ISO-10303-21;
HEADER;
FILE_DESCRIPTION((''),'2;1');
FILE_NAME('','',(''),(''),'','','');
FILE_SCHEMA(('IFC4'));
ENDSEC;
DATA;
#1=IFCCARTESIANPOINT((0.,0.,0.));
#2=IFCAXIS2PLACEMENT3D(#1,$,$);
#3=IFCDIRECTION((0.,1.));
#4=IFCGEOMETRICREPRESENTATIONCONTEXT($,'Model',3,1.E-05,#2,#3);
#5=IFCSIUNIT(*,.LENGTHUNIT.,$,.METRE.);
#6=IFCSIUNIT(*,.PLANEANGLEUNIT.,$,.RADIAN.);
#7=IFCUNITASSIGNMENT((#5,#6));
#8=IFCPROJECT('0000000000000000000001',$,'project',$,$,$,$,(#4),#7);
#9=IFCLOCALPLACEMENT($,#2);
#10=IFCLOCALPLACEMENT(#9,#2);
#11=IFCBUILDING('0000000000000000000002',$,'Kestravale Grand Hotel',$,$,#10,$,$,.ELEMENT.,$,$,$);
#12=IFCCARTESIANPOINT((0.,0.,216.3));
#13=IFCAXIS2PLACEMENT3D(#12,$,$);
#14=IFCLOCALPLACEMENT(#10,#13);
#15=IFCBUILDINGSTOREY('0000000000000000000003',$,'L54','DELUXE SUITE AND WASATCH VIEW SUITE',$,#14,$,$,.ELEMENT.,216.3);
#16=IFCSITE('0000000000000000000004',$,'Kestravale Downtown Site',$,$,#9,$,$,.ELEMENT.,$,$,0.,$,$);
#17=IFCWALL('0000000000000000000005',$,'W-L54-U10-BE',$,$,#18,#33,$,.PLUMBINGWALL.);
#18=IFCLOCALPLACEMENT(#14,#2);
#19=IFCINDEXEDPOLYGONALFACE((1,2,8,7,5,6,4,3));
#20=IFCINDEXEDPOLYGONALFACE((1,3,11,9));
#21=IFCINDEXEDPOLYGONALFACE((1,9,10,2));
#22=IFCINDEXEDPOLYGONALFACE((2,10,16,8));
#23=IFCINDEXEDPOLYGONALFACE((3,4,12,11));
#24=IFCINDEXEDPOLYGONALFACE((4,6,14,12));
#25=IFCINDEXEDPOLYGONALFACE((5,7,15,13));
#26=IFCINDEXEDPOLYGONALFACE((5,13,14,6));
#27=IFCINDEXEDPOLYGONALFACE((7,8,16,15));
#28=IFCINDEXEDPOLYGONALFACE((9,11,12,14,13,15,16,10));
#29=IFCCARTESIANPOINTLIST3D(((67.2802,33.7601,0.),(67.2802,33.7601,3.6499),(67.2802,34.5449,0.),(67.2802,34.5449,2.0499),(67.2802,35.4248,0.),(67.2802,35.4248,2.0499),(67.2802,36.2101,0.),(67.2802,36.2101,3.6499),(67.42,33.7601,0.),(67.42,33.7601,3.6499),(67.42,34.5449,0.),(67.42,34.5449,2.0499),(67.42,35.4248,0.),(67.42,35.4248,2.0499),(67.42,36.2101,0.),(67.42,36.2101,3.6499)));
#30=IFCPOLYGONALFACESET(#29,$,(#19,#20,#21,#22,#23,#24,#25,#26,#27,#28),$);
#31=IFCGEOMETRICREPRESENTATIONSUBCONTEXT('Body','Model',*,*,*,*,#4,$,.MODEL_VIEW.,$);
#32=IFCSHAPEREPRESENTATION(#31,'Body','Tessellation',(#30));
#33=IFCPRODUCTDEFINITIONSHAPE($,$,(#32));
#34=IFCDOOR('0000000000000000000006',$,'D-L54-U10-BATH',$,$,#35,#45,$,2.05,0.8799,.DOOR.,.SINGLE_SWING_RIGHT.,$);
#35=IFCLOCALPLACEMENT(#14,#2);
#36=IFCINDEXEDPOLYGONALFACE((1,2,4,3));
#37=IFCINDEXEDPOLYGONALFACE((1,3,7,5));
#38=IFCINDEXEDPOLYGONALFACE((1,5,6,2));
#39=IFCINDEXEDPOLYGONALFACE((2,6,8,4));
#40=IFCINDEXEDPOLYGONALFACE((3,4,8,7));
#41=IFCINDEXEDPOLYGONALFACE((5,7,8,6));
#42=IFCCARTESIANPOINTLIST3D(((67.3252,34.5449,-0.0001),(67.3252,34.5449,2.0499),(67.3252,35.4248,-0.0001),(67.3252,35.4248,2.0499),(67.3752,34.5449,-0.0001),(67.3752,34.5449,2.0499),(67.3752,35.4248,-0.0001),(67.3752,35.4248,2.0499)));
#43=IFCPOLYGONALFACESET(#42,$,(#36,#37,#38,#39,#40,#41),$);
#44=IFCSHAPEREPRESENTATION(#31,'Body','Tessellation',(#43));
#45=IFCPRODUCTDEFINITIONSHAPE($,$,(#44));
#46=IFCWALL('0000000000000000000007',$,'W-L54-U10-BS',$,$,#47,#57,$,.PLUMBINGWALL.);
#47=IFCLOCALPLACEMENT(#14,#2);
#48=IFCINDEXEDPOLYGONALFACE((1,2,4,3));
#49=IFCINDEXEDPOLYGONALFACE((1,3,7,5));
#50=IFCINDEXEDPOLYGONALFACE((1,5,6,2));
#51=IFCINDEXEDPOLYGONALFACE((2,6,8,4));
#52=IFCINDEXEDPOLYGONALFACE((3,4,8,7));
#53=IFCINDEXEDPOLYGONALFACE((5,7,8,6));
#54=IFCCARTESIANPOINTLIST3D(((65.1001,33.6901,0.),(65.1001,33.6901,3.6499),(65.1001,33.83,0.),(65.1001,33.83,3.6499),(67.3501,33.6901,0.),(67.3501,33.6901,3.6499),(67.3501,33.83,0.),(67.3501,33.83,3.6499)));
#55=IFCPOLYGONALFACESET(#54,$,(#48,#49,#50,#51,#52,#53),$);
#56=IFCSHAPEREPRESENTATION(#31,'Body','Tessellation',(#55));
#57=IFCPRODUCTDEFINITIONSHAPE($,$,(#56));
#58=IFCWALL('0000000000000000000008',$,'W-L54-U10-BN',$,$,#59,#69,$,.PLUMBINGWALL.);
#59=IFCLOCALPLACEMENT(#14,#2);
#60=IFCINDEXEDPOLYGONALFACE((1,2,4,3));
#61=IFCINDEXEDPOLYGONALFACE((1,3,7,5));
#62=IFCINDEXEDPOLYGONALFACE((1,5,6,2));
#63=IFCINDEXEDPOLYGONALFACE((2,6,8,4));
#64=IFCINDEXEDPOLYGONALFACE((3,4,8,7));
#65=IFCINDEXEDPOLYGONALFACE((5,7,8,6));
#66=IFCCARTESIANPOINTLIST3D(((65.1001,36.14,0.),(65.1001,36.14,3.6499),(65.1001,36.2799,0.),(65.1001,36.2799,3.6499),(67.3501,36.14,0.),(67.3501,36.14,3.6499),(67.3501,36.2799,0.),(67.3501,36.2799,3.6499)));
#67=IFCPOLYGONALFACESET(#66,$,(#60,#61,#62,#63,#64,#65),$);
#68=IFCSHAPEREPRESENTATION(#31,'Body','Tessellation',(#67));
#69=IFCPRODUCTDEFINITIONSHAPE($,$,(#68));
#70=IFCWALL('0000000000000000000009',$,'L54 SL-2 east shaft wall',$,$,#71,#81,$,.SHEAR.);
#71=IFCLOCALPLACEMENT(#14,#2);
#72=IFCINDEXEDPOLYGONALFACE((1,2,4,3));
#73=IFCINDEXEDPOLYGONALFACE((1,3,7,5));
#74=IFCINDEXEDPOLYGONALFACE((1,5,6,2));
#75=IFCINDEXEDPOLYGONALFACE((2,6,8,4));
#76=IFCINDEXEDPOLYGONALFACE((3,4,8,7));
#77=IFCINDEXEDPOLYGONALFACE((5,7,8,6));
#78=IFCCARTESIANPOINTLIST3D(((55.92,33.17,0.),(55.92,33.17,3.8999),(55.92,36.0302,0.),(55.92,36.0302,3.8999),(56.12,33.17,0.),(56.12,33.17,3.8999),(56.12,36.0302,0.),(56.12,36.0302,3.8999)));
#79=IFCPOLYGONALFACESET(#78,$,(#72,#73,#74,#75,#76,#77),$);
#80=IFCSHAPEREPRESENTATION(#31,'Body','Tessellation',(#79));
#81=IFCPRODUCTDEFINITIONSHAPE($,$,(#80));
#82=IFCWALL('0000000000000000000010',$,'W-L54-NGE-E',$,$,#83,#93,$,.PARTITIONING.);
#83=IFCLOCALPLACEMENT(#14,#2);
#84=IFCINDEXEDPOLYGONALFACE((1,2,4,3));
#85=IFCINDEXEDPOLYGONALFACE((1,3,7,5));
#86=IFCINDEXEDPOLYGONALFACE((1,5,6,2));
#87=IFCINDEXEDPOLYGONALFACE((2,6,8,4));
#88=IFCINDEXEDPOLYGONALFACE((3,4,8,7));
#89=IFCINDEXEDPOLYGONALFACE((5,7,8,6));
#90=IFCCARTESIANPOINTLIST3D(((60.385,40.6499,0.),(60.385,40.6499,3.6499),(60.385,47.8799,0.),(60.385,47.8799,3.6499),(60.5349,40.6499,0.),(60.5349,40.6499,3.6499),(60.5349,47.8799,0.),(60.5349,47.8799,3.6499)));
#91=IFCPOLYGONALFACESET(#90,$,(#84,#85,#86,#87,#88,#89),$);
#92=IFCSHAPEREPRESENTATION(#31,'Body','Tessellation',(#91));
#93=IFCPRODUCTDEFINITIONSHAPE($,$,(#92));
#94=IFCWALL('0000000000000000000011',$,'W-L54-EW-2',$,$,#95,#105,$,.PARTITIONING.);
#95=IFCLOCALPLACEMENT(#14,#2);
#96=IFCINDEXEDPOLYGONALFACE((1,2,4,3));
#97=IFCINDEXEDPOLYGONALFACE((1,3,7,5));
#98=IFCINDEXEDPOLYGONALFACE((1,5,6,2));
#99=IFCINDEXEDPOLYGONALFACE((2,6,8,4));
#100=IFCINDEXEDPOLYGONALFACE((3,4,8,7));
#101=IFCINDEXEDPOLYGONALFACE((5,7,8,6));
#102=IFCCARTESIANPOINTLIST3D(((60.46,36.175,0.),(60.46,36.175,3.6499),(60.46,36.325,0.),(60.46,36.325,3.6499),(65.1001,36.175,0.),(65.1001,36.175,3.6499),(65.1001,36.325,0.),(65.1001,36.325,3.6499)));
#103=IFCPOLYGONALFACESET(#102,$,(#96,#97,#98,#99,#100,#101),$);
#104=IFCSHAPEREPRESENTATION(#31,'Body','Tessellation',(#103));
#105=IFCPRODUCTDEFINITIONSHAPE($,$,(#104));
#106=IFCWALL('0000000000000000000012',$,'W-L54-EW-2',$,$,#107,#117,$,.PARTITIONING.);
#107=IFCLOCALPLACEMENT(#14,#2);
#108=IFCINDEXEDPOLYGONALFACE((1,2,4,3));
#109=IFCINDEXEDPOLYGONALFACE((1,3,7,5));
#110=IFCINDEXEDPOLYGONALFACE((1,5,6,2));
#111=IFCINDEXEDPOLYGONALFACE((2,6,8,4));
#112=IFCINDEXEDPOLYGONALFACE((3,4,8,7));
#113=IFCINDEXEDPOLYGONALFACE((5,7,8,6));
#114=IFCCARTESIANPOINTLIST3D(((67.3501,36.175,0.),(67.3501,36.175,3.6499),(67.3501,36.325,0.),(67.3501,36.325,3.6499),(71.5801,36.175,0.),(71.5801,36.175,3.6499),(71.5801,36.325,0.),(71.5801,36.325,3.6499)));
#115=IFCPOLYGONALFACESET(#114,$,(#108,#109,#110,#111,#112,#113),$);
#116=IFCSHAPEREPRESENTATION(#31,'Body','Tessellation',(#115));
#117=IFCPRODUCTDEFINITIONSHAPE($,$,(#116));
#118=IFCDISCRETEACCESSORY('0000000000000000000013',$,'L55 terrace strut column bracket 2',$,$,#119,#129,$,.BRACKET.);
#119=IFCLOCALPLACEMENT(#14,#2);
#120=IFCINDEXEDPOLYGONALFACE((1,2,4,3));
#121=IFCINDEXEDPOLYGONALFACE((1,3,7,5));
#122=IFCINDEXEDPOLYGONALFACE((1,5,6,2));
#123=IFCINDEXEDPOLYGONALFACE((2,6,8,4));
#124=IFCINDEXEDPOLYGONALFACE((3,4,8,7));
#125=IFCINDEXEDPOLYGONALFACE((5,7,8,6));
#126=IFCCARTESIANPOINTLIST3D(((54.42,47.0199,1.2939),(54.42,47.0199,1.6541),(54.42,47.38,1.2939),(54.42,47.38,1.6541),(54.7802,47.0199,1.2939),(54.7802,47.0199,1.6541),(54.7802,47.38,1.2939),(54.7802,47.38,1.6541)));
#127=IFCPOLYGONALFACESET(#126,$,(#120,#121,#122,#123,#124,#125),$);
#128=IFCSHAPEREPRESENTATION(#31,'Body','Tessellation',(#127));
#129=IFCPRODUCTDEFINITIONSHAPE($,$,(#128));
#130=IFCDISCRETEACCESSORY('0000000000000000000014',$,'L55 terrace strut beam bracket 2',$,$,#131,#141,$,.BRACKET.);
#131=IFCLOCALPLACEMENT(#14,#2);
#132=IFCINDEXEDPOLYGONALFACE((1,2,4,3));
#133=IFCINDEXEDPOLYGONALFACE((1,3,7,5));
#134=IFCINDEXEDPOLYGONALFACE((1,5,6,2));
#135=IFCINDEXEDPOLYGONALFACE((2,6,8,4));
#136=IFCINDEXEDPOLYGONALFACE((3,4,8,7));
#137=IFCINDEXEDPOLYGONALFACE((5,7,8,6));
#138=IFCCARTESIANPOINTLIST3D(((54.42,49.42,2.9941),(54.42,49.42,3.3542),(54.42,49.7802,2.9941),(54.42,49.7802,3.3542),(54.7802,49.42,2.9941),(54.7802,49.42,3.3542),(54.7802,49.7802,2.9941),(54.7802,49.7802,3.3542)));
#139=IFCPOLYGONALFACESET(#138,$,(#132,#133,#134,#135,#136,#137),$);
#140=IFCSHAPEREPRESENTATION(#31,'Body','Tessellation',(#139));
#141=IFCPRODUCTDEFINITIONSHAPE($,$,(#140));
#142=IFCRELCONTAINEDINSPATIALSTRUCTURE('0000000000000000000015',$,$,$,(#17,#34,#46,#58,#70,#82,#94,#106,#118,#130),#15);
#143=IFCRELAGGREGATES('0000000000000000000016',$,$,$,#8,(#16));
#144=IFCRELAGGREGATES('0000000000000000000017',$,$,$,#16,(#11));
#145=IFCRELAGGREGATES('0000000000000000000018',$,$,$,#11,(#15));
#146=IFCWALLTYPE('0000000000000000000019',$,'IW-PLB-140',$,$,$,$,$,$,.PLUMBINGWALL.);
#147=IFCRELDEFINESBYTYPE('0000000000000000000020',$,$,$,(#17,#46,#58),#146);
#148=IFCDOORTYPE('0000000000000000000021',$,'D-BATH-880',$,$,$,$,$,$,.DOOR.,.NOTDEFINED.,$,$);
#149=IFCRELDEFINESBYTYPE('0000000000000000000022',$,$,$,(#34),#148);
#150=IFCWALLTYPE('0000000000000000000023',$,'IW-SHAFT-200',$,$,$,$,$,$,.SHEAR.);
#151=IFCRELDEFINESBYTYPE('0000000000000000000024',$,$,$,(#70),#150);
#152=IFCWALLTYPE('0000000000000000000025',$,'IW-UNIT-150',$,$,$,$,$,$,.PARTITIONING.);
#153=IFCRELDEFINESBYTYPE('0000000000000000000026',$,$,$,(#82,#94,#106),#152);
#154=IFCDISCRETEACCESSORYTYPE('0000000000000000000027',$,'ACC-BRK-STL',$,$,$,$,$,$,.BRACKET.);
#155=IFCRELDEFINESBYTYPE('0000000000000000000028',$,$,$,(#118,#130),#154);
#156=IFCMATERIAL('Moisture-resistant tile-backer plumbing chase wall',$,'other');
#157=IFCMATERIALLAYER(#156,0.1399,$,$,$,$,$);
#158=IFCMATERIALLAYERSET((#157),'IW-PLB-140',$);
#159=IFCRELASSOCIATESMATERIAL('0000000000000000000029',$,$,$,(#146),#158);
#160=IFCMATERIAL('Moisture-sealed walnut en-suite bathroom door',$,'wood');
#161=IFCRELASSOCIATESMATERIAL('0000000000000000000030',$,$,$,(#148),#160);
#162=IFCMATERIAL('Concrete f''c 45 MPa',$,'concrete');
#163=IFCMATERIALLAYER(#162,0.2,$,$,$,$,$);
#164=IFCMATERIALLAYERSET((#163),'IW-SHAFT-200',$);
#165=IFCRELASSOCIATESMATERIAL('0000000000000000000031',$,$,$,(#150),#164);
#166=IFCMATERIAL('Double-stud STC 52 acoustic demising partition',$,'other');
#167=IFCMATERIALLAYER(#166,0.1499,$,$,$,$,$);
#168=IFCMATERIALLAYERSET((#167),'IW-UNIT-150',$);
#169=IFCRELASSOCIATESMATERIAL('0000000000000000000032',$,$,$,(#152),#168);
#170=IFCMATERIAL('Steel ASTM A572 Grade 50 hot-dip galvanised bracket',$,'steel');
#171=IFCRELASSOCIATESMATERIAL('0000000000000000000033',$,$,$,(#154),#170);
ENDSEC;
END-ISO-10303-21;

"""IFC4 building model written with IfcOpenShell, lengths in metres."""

from ifc_helpers import new_model, si_unit, direction, frame, frame_2d, origin, origin_2d, place, context, subcontext, project, spatial, rectangle, extrude, material, layer, layer_set, type_object, element, fill, save


model = new_model("IFC4")

# Units and contexts
model_context = context("Model", 3, precision=1e-05, world=origin(), true_north=direction((0.0, 1.0)))
body_context = subcontext(model_context, "Body", "Model", "MODEL_VIEW")
ifc_project = project(units=[si_unit("LENGTHUNIT", "METRE"), si_unit("PLANEANGLEUNIT", "RADIAN")], contexts=[model_context])

# Site, building, storey
site_placement = place(None, origin())
site = spatial("IfcSite", under=ifc_project, at=site_placement, Name="Kestravale Downtown Site", CompositionType="ELEMENT", RefElevation=0.0)
building_placement = place(site_placement, origin())
building = spatial("IfcBuilding", under=site, at=building_placement, Name="Kestravale Grand Hotel", CompositionType="ELEMENT")
storey_placement = place(building_placement, frame((0.0, 0.0, 216.3)))
storey = spatial("IfcBuildingStorey", under=building, at=storey_placement, Name="L54", Description="DELUXE SUITE AND WASATCH VIEW SUITE", CompositionType="ELEMENT", Elevation=216.3)

# Shared definitions
ifc_material_1 = material(Name="Moisture-resistant tile-backer plumbing chase wall", Category="other")
ifc_layer_1 = layer(ifc_material_1, 0.1399)
ifc_layer_set_1 = layer_set([ifc_layer_1], Name="IW-PLB-140")
wall_type_1 = type_object("IfcWallType", Name="IW-PLB-140", PredefinedType="PLUMBINGWALL", material=ifc_layer_set_1)

# Wall, opening, door
wall_1_placement = place(storey_placement, frame((67.3501, 33.76, 0.0), z_axis=(0.0, 0.0, 1.0), x_axis=(0.0, 1.0, 0.0)))
wall_1 = element("IfcWall", 1, at=wall_1_placement, inside=storey, type_object=wall_type_1, Name="W-L54-U10-BE", PredefinedType="PLUMBINGWALL", context=body_context, shape_type="SweptSolid", body=[
    extrude(rectangle(XDim=2.45, YDim=0.1399, at=frame_2d((1.2251, 0.0))), origin(), (0.0, 0.0, 1.0), 3.6499),
])
opening_1_placement = place(wall_1_placement, frame((0.7849, 0.0, 0.0)))
opening_1 = element("IfcOpeningElement", 2, at=opening_1_placement, cuts=wall_1, PredefinedType="OPENING", context=body_context, shape_type="SweptSolid", body=[
    extrude(rectangle(XDim=0.8799, YDim=2.05, at=frame_2d((0.4399, 1.0249))), frame((0.0, 0.0798, 0.0), z_axis=(0.0, -1.0, 0.0), x_axis=(1.0, 0.0, 0.0)), (0.0, 0.0, 1.0), 0.1599),
])
ifc_material_2 = material(Name="Moisture-sealed walnut en-suite bathroom door", Category="wood")
door_type_1 = type_object("IfcDoorType", Name="D-BATH-880", OperationType="NOTDEFINED", PredefinedType="DOOR", material=ifc_material_2)
door_1_placement = place(opening_1_placement, origin())
door_1 = element("IfcDoor", 3, at=door_1_placement, inside=storey, type_object=door_type_1, Name="D-L54-U10-BATH", OperationType="SINGLE_SWING_RIGHT", OverallHeight=2.05, OverallWidth=0.8799, PredefinedType="DOOR", context=body_context, shape_type="SweptSolid", body=[
    extrude(rectangle(XDim=0.8799, YDim=2.05, at=frame_2d((0.4399, 1.0249))), frame((0.0, 0.0249, 0.0), z_axis=(0.0, -1.0, 0.0), x_axis=(1.0, 0.0, 0.0)), (0.0, 0.0, 1.0), 0.05),
])
fill(opening_1, door_1)

# Walls
for number, where, z_axis, x_axis, name in (
    (4, (65.1001, 33.76, 0.0), (0.0, 0.0, 1.0), (1.0, 0.0, 0.0), "W-L54-U10-BS"),
    (5, (65.1001, 36.21, 0.0), (0.0, 0.0, 1.0), (1.0, 0.0, 0.0), "W-L54-U10-BN"),
):
    element("IfcWall", number, at=place(storey_placement, frame(where, z_axis=z_axis, x_axis=x_axis)), inside=storey, type_object=wall_type_1, Name=name, PredefinedType="PLUMBINGWALL", context=body_context, shape_type="SweptSolid", body=[
        extrude(rectangle(XDim=2.25, YDim=0.1399, at=frame_2d((1.125, 0.0))), origin(), (0.0, 0.0, 1.0), 3.6499),
    ])
ifc_material_3 = material(Name="Concrete f'c 45 MPa", Category="concrete")
ifc_layer_2 = layer(ifc_material_3, 0.2)
ifc_layer_set_2 = layer_set([ifc_layer_2], Name="IW-SHAFT-200")
wall_type_2 = type_object("IfcWallType", Name="IW-SHAFT-200", PredefinedType="SHEAR", material=ifc_layer_set_2)
wall_2_placement = place(storey_placement, frame((56.02, 33.1699, 0.0), z_axis=(0.0, 0.0, 1.0), x_axis=(0.0, 1.0, 0.0)))
element("IfcWall", 6, at=wall_2_placement, inside=storey, type_object=wall_type_2, Name="L54 SL-2 east shaft wall", PredefinedType="SHEAR", context=body_context, shape_type="SweptSolid", body=[
    extrude(rectangle(XDim=2.8601, YDim=0.2, at=frame_2d((1.4302, 0.0))), origin(), (0.0, 0.0, 1.0), 3.8999),
])

# Shared definitions
ifc_material_4 = material(Name="Double-stud STC 52 acoustic demising partition", Category="other")
ifc_layer_3 = layer(ifc_material_4, 0.1499)
ifc_layer_set_3 = layer_set([ifc_layer_3], Name="IW-UNIT-150")
wall_type_3 = type_object("IfcWallType", Name="IW-UNIT-150", PredefinedType="PARTITIONING", material=ifc_layer_set_3)

# Walls
wall_3_placement = place(storey_placement, frame((60.46, 40.6499, 0.0), z_axis=(0.0, 0.0, 1.0), x_axis=(0.0, 1.0, 0.0)))
element("IfcWall", 7, at=wall_3_placement, inside=storey, type_object=wall_type_3, Name="W-L54-NGE-E", PredefinedType="PARTITIONING", context=body_context, shape_type="SweptSolid", body=[
    extrude(rectangle(XDim=7.23, YDim=0.1499, at=frame_2d((3.615, 0.0))), origin(), (0.0, 0.0, 1.0), 3.6499),
])
wall_4_placement = place(storey_placement, frame((60.46, 36.25, 0.0), z_axis=(0.0, 0.0, 1.0), x_axis=(1.0, 0.0, 0.0)))
element("IfcWall", 8, at=wall_4_placement, inside=storey, type_object=wall_type_3, Name="W-L54-EW-2", PredefinedType="PARTITIONING", context=body_context, shape_type="SweptSolid", body=[
    extrude(rectangle(XDim=4.6401, YDim=0.1499, at=frame_2d((2.3201, 0.0))), origin(), (0.0, 0.0, 1.0), 3.6499),
])
wall_5_placement = place(storey_placement, frame((67.3501, 36.25, 0.0), z_axis=(0.0, 0.0, 1.0), x_axis=(1.0, 0.0, 0.0)))
element("IfcWall", 9, at=wall_5_placement, inside=storey, type_object=wall_type_3, Name="W-L54-EW-2", PredefinedType="PARTITIONING", context=body_context, shape_type="SweptSolid", body=[
    extrude(rectangle(XDim=4.23, YDim=0.1499, at=frame_2d((2.115, 0.0))), origin(), (0.0, 0.0, 1.0), 3.6499),
])

# Discrete accessories
ifc_material_5 = material(Name="Steel ASTM A572 Grade 50 hot-dip galvanised bracket", Category="steel")
discrete_accessory_type = type_object("IfcDiscreteAccessoryType", Name="ACC-BRK-STL", PredefinedType="BRACKET", material=ifc_material_5)
for number, where, z_axis, x_axis, name in (
    (10, (54.6001, 47.2, 1.2939), (0.0, 0.0, 1.0), (1.0, 0.0, 0.0), "L55 terrace strut column bracket 2"),
    (11, (54.6001, 49.6001, 2.9941), (0.0, 0.0, 1.0), (1.0, 0.0, 0.0), "L55 terrace strut beam bracket 2"),
):
    element("IfcDiscreteAccessory", number, at=place(storey_placement, frame(where, z_axis=z_axis, x_axis=x_axis)), inside=storey, type_object=discrete_accessory_type, Name=name, PredefinedType="BRACKET", context=body_context, shape_type="SweptSolid", body=[
        extrude(rectangle(XDim=0.3601, YDim=0.3601, at=origin_2d()), origin(), (0.0, 0.0, 1.0), 0.3601),
    ])

save(model, "model.ifc")
